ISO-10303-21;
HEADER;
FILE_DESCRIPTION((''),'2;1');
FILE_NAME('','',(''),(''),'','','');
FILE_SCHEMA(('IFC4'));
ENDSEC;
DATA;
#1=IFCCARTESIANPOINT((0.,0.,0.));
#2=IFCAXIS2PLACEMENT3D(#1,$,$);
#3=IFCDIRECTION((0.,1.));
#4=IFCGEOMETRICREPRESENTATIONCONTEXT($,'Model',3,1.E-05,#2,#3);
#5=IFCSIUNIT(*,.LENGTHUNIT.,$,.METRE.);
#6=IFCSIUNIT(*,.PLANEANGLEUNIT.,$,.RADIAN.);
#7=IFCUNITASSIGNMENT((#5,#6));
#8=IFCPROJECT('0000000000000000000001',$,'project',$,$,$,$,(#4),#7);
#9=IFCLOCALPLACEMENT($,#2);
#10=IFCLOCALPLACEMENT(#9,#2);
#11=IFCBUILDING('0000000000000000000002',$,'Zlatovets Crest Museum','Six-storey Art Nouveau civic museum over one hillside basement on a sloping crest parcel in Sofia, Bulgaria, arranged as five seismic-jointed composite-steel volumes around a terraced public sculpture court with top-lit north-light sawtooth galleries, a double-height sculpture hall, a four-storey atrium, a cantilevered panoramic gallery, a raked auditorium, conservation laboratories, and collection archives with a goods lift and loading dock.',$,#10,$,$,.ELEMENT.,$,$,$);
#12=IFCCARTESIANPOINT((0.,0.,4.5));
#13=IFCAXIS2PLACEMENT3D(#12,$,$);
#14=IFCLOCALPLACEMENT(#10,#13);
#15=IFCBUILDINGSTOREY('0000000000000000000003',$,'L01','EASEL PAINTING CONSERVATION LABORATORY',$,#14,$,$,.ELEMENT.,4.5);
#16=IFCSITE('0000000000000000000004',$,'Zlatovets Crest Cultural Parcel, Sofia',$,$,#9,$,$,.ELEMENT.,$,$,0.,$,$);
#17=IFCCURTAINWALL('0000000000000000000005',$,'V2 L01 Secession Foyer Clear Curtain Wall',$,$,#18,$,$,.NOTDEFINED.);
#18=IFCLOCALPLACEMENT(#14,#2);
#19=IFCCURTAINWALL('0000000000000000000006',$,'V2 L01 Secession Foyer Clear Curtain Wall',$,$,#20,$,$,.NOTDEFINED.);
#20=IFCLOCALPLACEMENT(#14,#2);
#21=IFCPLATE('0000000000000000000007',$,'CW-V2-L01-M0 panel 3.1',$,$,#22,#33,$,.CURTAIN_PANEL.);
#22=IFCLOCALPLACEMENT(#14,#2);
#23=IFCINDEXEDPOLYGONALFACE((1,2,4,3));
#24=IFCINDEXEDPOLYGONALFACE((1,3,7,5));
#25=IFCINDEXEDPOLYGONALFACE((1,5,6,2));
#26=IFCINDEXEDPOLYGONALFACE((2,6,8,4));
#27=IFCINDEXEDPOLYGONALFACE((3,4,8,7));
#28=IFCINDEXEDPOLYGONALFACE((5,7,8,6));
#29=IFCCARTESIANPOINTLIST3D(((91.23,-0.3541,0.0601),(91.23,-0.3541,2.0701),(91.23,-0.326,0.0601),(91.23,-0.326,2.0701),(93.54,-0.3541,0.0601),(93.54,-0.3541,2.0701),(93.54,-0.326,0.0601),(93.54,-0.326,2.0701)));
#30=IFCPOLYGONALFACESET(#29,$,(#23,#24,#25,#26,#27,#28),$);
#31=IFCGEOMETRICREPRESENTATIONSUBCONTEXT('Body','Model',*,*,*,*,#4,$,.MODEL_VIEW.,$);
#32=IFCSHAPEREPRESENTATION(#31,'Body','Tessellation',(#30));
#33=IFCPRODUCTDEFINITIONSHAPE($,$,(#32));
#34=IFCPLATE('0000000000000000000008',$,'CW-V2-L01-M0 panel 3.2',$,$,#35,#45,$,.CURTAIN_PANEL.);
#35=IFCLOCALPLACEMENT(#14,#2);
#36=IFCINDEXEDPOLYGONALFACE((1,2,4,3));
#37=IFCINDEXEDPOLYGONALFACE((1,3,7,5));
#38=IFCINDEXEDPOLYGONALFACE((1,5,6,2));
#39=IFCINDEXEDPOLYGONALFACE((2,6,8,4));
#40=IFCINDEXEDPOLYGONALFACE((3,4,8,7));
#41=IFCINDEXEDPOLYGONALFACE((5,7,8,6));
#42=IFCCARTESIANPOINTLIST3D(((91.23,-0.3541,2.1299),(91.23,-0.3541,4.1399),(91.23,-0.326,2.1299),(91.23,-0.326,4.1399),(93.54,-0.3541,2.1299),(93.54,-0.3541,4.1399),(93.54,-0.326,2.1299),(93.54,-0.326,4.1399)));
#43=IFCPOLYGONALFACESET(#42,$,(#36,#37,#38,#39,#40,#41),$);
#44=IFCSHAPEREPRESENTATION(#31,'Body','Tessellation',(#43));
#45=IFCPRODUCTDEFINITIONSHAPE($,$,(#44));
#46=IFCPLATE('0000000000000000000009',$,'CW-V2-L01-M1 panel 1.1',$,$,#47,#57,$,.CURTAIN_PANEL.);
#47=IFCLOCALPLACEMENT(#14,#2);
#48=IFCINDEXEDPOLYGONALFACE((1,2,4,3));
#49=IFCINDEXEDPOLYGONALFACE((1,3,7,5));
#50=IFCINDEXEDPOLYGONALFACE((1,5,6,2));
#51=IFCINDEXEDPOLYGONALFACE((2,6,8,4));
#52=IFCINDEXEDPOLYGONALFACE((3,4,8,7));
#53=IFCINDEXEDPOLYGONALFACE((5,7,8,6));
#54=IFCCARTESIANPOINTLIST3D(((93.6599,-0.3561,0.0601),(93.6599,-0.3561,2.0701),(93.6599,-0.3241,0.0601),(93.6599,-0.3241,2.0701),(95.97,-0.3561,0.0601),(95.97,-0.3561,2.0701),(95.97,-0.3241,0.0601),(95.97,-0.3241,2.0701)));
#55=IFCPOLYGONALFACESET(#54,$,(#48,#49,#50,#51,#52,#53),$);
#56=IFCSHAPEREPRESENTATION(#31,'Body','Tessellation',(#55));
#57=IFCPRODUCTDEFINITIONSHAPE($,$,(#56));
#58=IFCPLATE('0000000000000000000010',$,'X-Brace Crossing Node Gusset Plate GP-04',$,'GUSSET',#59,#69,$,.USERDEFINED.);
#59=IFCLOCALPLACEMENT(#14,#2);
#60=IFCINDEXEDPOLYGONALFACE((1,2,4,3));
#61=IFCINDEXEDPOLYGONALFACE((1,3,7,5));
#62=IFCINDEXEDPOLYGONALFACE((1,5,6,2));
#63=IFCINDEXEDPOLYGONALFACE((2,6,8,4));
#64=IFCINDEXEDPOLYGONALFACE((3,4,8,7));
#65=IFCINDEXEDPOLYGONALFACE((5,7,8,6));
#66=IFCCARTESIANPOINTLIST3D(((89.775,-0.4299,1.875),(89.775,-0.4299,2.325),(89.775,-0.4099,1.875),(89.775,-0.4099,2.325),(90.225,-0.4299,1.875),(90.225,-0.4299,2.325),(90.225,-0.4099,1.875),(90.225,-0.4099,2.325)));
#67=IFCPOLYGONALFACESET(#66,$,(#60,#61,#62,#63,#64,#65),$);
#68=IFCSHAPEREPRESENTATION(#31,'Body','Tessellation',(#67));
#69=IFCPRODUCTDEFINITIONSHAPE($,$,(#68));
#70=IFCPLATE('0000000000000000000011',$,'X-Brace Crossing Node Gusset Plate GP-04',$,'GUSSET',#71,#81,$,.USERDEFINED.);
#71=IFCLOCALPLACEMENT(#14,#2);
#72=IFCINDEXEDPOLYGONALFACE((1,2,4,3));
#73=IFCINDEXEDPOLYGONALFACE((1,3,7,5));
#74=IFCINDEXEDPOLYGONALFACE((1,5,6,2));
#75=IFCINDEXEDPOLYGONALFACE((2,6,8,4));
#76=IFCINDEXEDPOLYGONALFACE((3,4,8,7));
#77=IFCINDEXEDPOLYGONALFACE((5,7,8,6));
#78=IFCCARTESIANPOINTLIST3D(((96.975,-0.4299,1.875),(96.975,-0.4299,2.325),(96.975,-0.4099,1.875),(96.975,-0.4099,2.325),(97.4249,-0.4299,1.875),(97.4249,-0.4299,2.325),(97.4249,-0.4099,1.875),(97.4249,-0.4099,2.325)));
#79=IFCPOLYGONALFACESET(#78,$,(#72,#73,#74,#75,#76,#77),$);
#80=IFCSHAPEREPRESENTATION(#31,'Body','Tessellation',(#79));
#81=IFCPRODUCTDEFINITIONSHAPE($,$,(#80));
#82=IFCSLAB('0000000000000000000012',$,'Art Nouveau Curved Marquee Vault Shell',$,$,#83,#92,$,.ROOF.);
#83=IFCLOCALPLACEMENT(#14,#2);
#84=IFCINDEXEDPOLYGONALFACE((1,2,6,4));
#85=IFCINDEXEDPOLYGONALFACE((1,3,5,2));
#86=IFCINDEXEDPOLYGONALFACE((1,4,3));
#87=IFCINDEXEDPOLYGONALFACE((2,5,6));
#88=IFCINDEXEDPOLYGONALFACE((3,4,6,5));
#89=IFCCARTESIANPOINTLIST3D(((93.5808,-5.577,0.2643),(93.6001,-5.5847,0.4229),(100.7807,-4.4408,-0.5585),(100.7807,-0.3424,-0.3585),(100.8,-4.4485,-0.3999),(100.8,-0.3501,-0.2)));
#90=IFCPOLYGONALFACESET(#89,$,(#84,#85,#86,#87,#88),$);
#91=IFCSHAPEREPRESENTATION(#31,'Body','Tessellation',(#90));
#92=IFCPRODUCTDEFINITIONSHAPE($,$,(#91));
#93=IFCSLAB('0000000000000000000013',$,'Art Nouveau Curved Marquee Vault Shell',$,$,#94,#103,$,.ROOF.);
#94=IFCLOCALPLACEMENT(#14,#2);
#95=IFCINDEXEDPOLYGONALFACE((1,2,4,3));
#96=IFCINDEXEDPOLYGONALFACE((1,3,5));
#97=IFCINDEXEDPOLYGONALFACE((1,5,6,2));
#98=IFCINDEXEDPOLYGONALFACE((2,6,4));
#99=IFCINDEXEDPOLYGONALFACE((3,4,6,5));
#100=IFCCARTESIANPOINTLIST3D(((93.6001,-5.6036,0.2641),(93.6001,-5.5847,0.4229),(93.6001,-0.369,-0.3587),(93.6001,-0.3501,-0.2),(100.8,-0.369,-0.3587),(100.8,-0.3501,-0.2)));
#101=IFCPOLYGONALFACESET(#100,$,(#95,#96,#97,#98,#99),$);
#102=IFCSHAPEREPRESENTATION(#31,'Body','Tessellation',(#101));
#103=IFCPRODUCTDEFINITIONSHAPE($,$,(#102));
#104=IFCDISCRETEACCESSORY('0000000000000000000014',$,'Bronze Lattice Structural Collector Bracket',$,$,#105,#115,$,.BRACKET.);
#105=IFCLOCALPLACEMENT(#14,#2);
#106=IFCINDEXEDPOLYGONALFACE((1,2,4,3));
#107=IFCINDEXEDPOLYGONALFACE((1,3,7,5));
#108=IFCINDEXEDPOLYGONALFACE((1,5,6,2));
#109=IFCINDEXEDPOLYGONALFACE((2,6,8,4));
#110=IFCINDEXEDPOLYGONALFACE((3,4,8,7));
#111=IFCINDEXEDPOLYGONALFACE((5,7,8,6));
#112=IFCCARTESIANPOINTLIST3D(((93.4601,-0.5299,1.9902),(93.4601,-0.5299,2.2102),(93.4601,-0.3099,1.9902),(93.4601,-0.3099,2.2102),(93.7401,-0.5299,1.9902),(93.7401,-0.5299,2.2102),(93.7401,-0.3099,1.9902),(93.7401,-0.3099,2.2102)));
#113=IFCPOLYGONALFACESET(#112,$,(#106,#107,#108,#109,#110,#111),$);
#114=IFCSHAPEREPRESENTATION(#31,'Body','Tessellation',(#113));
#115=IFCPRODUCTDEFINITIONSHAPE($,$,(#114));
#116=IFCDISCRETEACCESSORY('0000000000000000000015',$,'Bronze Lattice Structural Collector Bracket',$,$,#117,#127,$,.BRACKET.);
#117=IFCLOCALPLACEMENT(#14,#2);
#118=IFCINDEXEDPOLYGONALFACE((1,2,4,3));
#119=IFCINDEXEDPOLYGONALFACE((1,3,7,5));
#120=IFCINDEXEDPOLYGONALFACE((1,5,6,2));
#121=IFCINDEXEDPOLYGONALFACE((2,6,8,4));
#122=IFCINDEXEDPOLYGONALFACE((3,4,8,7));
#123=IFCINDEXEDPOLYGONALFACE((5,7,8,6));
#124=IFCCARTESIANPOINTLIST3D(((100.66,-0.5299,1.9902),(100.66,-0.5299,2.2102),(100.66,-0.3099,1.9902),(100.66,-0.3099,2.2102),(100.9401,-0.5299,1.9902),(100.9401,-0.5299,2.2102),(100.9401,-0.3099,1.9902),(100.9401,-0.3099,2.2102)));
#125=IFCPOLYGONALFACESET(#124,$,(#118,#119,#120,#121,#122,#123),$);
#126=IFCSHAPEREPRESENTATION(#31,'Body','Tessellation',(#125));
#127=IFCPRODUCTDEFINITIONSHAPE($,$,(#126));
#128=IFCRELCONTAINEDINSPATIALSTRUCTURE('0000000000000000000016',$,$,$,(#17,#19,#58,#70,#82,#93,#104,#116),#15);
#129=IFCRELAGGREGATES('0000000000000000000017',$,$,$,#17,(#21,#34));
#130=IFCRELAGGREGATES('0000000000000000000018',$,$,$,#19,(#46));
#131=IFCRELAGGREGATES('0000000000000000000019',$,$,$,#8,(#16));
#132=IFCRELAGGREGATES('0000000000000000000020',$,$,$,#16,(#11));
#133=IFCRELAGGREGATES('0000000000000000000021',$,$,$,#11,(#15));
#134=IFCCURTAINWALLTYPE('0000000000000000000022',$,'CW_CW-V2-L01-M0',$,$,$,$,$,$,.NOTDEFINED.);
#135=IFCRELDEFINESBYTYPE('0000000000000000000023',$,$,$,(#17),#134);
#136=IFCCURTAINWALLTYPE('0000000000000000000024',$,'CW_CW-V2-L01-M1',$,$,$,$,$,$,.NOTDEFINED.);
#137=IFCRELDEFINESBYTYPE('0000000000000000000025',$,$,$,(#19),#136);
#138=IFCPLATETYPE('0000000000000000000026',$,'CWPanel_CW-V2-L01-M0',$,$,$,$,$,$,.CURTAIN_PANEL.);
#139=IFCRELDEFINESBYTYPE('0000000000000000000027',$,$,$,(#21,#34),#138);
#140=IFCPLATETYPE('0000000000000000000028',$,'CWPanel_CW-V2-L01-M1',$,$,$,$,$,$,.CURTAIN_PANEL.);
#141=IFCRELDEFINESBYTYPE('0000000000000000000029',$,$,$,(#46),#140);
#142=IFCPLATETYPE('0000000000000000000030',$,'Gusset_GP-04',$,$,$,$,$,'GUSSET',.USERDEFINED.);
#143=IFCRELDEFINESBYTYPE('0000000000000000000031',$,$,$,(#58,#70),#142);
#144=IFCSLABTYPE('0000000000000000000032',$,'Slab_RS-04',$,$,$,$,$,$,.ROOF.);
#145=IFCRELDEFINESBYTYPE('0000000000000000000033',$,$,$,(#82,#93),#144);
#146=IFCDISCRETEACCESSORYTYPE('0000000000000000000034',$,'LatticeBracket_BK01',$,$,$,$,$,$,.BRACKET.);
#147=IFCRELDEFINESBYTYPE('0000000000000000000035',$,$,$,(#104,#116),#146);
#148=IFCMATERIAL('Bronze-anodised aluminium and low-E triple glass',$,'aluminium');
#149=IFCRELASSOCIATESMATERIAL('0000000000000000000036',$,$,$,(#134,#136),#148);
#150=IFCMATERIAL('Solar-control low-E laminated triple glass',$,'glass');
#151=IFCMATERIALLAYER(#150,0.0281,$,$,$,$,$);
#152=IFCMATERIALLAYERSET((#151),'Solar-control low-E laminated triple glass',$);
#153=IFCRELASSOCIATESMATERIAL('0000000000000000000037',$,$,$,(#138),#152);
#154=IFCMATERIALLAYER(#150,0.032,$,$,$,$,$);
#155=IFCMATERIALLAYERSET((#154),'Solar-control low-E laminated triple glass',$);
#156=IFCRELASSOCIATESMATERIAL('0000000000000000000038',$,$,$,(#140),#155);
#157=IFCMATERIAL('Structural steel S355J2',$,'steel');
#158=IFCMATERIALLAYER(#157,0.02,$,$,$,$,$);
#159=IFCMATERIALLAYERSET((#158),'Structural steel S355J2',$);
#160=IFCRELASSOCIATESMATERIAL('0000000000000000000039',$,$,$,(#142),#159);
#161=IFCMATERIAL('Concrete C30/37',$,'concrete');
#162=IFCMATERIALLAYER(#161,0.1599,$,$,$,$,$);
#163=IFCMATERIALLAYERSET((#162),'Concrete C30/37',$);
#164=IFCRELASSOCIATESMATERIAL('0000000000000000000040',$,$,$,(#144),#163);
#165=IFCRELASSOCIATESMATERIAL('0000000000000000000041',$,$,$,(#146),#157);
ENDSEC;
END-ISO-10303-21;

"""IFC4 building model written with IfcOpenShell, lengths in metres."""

from ifc_helpers import new_model, si_unit, direction, frame, origin, origin_2d, place, context, subcontext, project, spatial, polyline, rectangle, outline, extrude, material, layer, layer_set, type_object, element, aggregate, save


model = new_model("IFC4")

# Units and contexts
model_context = context("Model", 3, precision=1e-05, world=origin(), true_north=direction((0.0, 1.0)))
body_context = subcontext(model_context, "Body", "Model", "MODEL_VIEW")
ifc_project = project(units=[si_unit("LENGTHUNIT", "METRE"), si_unit("PLANEANGLEUNIT", "RADIAN")], contexts=[model_context])

# Site, building, storey
site_placement = place(None, origin())
site = spatial("IfcSite", under=ifc_project, at=site_placement, Name="Zlatovets Crest Cultural Parcel, Sofia", CompositionType="ELEMENT", RefElevation=0.0)
building_placement = place(site_placement, origin())
building = spatial("IfcBuilding", under=site, at=building_placement, Name="Zlatovets Crest Museum", Description="Six-storey Art Nouveau civic museum over one hillside basement on a sloping crest parcel in Sofia, Bulgaria, arranged as five seismic-jointed composite-steel volumes around a terraced public sculpture court with top-lit north-light sawtooth galleries, a double-height sculpture hall, a four-storey atrium, a cantilevered panoramic gallery, a raked auditorium, conservation laboratories, and collection archives with a goods lift and loading dock.", CompositionType="ELEMENT")
storey_placement = place(building_placement, frame((0.0, 0.0, 4.5)))
storey = spatial("IfcBuildingStorey", under=building, at=storey_placement, Name="L01", Description="EASEL PAINTING CONSERVATION LABORATORY", CompositionType="ELEMENT", Elevation=4.5)

# Curtain wall
ifc_material_1 = material(Name="Bronze-anodised aluminium and low-E triple glass", Category="aluminium")
curtain_wall_type_1 = type_object("IfcCurtainWallType", Name="CW_CW-V2-L01-M0", PredefinedType="NOTDEFINED", material=ifc_material_1)
curtain_wall_1_placement = place(storey_placement, origin())
curtain_wall_1 = element("IfcCurtainWall", 1, at=curtain_wall_1_placement, inside=storey, type_object=curtain_wall_type_1, Name="V2 L01 Secession Foyer Clear Curtain Wall", PredefinedType="NOTDEFINED")

# Curtain wall
curtain_wall_type_2 = type_object("IfcCurtainWallType", Name="CW_CW-V2-L01-M1", PredefinedType="NOTDEFINED", material=ifc_material_1)
curtain_wall_2_placement = place(storey_placement, origin())
curtain_wall_2 = element("IfcCurtainWall", 2, at=curtain_wall_2_placement, inside=storey, type_object=curtain_wall_type_2, Name="V2 L01 Secession Foyer Clear Curtain Wall", PredefinedType="NOTDEFINED")

# Shared definitions
ifc_material_2 = material(Name="Structural steel S355J2", Category="steel")

# Plates
ifc_material_3 = material(Name="Solar-control low-E laminated triple glass", Category="glass")
ifc_layer_1 = layer(ifc_material_3, 0.0281)
ifc_layer_set_1 = layer_set([ifc_layer_1], Name="Solar-control low-E laminated triple glass")
plate_type_1 = type_object("IfcPlateType", Name="CWPanel_CW-V2-L01-M0", PredefinedType="CURTAIN_PANEL", material=ifc_layer_set_1)
plate_1_placement = place(storey_placement, frame((92.385, -0.3401, 0.0601), z_axis=(0.0, 0.0, 1.0), x_axis=(1.0, 0.0, 0.0)))
plate_1 = element("IfcPlate", 3, at=plate_1_placement, type_object=plate_type_1, Name="CW-V2-L01-M0 panel 3.1", PredefinedType="CURTAIN_PANEL", context=body_context, shape_type="SweptSolid", body=[
    extrude(rectangle(XDim=2.3101, YDim=0.0281, at=origin_2d()), origin(), (0.0, 0.0, 1.0), 2.01),
])
plate_2_placement = place(storey_placement, frame((92.385, -0.3401, 2.1299), z_axis=(0.0, 0.0, 1.0), x_axis=(1.0, 0.0, 0.0)))
plate_2 = element("IfcPlate", 4, at=plate_2_placement, type_object=plate_type_1, Name="CW-V2-L01-M0 panel 3.2", PredefinedType="CURTAIN_PANEL", context=body_context, shape_type="SweptSolid", body=[
    extrude(rectangle(XDim=2.3101, YDim=0.0281, at=origin_2d()), origin(), (0.0, 0.0, 1.0), 2.01),
])
aggregate(curtain_wall_1, [plate_1, plate_2])
ifc_layer_2 = layer(ifc_material_3, 0.032)
ifc_layer_set_2 = layer_set([ifc_layer_2], Name="Solar-control low-E laminated triple glass")
plate_type_2 = type_object("IfcPlateType", Name="CWPanel_CW-V2-L01-M1", PredefinedType="CURTAIN_PANEL", material=ifc_layer_set_2)
plate_3_placement = place(storey_placement, frame((94.8149, -0.3401, 0.0601), z_axis=(0.0, 0.0, 1.0), x_axis=(1.0, 0.0, 0.0)))
plate_3 = element("IfcPlate", 5, at=plate_3_placement, type_object=plate_type_2, Name="CW-V2-L01-M1 panel 1.1", PredefinedType="CURTAIN_PANEL", context=body_context, shape_type="SweptSolid", body=[
    extrude(rectangle(XDim=2.3101, YDim=0.032, at=origin_2d()), origin(), (0.0, 0.0, 1.0), 2.01),
])
aggregate(curtain_wall_2, [plate_3])

# Plates
ifc_layer_3 = layer(ifc_material_2, 0.02)
ifc_layer_set_3 = layer_set([ifc_layer_3], Name="Structural steel S355J2")
plate_type_3 = type_object("IfcPlateType", Name="Gusset_GP-04", ElementType="GUSSET", PredefinedType="USERDEFINED", material=ifc_layer_set_3)
for number, where, z_axis, x_axis, name in (
    (6, (90.0, -0.4199, 1.875), (0.0, 0.0, 1.0), (1.0, 0.0, 0.0), "X-Brace Crossing Node Gusset Plate GP-04"),
    (7, (97.2, -0.4199, 1.875), (0.0, 0.0, 1.0), (1.0, 0.0, 0.0), "X-Brace Crossing Node Gusset Plate GP-04"),
):
    element("IfcPlate", number, at=place(storey_placement, frame(where, z_axis=z_axis, x_axis=x_axis)), inside=storey, type_object=plate_type_3, Name=name, ObjectType="GUSSET", PredefinedType="USERDEFINED", context=body_context, shape_type="SweptSolid", body=[
        extrude(rectangle(XDim=0.45, YDim=0.02, at=origin_2d()), origin(), (0.0, 0.0, 1.0), 0.45),
    ])

# Slabs
ifc_material_4 = material(Name="Concrete C30/37", Category="concrete")
ifc_layer_4 = layer(ifc_material_4, 0.1599)
ifc_layer_set_4 = layer_set([ifc_layer_4], Name="Concrete C30/37")
slab_type = type_object("IfcSlabType", Name="Slab_RS-04", PredefinedType="ROOF", material=ifc_layer_set_4)
slab_1_placement = place(storey_placement, frame((93.6001, -5.5847, 0.4229), z_axis=(0.120932, -0.048372, 0.991481), x_axis=(0.981543, 0.154898, -0.112163)))
element("IfcSlab", 8, at=slab_1_placement, inside=storey, type_object=slab_type, Name="Art Nouveau Curved Marquee Vault Shell", PredefinedType="ROOF", context=body_context, shape_type="SweptSolid", body=[
    extrude(outline(polyline([(0.0, 0.0), (7.3353, 0.0), (7.9477, 4.0573), (0.0, 0.0)])), origin(), (0.0, 0.0, -1.0), 0.1599),
])
slab_2_placement = place(storey_placement, frame((93.6001, -5.5847, 0.4229), z_axis=(0.0, 0.118144, 0.992996), x_axis=(0.806855, 0.586612, -0.069794)))
element("IfcSlab", 9, at=slab_2_placement, inside=storey, type_object=slab_type, Name="Art Nouveau Curved Marquee Vault Shell", PredefinedType="ROOF", context=body_context, shape_type="SweptSolid", body=[
    extrude(outline(polyline([(0.0, 0.0), (8.9235, 0.0), (3.1142, 4.2534), (0.0, 0.0)])), origin(), (0.0, 0.0, -1.0), 0.1599),
])

# Discrete accessories
discrete_accessory_type = type_object("IfcDiscreteAccessoryType", Name="LatticeBracket_BK01", PredefinedType="BRACKET", material=ifc_material_2)
for number, where, z_axis, x_axis, name in (
    (10, (93.6001, -0.4199, 1.9902), (0.0, 0.0, 1.0), (1.0, 0.0, 0.0), "Bronze Lattice Structural Collector Bracket"),
    (11, (100.8, -0.4199, 1.9902), (0.0, 0.0, 1.0), (1.0, 0.0, 0.0), "Bronze Lattice Structural Collector Bracket"),
):
    element("IfcDiscreteAccessory", number, at=place(storey_placement, frame(where, z_axis=z_axis, x_axis=x_axis)), inside=storey, type_object=discrete_accessory_type, Name=name, PredefinedType="BRACKET", context=body_context, shape_type="SweptSolid", body=[
        extrude(rectangle(XDim=0.28, YDim=0.22, at=origin_2d()), origin(), (0.0, 0.0, 1.0), 0.22),
    ])

save(model, "model.ifc")
